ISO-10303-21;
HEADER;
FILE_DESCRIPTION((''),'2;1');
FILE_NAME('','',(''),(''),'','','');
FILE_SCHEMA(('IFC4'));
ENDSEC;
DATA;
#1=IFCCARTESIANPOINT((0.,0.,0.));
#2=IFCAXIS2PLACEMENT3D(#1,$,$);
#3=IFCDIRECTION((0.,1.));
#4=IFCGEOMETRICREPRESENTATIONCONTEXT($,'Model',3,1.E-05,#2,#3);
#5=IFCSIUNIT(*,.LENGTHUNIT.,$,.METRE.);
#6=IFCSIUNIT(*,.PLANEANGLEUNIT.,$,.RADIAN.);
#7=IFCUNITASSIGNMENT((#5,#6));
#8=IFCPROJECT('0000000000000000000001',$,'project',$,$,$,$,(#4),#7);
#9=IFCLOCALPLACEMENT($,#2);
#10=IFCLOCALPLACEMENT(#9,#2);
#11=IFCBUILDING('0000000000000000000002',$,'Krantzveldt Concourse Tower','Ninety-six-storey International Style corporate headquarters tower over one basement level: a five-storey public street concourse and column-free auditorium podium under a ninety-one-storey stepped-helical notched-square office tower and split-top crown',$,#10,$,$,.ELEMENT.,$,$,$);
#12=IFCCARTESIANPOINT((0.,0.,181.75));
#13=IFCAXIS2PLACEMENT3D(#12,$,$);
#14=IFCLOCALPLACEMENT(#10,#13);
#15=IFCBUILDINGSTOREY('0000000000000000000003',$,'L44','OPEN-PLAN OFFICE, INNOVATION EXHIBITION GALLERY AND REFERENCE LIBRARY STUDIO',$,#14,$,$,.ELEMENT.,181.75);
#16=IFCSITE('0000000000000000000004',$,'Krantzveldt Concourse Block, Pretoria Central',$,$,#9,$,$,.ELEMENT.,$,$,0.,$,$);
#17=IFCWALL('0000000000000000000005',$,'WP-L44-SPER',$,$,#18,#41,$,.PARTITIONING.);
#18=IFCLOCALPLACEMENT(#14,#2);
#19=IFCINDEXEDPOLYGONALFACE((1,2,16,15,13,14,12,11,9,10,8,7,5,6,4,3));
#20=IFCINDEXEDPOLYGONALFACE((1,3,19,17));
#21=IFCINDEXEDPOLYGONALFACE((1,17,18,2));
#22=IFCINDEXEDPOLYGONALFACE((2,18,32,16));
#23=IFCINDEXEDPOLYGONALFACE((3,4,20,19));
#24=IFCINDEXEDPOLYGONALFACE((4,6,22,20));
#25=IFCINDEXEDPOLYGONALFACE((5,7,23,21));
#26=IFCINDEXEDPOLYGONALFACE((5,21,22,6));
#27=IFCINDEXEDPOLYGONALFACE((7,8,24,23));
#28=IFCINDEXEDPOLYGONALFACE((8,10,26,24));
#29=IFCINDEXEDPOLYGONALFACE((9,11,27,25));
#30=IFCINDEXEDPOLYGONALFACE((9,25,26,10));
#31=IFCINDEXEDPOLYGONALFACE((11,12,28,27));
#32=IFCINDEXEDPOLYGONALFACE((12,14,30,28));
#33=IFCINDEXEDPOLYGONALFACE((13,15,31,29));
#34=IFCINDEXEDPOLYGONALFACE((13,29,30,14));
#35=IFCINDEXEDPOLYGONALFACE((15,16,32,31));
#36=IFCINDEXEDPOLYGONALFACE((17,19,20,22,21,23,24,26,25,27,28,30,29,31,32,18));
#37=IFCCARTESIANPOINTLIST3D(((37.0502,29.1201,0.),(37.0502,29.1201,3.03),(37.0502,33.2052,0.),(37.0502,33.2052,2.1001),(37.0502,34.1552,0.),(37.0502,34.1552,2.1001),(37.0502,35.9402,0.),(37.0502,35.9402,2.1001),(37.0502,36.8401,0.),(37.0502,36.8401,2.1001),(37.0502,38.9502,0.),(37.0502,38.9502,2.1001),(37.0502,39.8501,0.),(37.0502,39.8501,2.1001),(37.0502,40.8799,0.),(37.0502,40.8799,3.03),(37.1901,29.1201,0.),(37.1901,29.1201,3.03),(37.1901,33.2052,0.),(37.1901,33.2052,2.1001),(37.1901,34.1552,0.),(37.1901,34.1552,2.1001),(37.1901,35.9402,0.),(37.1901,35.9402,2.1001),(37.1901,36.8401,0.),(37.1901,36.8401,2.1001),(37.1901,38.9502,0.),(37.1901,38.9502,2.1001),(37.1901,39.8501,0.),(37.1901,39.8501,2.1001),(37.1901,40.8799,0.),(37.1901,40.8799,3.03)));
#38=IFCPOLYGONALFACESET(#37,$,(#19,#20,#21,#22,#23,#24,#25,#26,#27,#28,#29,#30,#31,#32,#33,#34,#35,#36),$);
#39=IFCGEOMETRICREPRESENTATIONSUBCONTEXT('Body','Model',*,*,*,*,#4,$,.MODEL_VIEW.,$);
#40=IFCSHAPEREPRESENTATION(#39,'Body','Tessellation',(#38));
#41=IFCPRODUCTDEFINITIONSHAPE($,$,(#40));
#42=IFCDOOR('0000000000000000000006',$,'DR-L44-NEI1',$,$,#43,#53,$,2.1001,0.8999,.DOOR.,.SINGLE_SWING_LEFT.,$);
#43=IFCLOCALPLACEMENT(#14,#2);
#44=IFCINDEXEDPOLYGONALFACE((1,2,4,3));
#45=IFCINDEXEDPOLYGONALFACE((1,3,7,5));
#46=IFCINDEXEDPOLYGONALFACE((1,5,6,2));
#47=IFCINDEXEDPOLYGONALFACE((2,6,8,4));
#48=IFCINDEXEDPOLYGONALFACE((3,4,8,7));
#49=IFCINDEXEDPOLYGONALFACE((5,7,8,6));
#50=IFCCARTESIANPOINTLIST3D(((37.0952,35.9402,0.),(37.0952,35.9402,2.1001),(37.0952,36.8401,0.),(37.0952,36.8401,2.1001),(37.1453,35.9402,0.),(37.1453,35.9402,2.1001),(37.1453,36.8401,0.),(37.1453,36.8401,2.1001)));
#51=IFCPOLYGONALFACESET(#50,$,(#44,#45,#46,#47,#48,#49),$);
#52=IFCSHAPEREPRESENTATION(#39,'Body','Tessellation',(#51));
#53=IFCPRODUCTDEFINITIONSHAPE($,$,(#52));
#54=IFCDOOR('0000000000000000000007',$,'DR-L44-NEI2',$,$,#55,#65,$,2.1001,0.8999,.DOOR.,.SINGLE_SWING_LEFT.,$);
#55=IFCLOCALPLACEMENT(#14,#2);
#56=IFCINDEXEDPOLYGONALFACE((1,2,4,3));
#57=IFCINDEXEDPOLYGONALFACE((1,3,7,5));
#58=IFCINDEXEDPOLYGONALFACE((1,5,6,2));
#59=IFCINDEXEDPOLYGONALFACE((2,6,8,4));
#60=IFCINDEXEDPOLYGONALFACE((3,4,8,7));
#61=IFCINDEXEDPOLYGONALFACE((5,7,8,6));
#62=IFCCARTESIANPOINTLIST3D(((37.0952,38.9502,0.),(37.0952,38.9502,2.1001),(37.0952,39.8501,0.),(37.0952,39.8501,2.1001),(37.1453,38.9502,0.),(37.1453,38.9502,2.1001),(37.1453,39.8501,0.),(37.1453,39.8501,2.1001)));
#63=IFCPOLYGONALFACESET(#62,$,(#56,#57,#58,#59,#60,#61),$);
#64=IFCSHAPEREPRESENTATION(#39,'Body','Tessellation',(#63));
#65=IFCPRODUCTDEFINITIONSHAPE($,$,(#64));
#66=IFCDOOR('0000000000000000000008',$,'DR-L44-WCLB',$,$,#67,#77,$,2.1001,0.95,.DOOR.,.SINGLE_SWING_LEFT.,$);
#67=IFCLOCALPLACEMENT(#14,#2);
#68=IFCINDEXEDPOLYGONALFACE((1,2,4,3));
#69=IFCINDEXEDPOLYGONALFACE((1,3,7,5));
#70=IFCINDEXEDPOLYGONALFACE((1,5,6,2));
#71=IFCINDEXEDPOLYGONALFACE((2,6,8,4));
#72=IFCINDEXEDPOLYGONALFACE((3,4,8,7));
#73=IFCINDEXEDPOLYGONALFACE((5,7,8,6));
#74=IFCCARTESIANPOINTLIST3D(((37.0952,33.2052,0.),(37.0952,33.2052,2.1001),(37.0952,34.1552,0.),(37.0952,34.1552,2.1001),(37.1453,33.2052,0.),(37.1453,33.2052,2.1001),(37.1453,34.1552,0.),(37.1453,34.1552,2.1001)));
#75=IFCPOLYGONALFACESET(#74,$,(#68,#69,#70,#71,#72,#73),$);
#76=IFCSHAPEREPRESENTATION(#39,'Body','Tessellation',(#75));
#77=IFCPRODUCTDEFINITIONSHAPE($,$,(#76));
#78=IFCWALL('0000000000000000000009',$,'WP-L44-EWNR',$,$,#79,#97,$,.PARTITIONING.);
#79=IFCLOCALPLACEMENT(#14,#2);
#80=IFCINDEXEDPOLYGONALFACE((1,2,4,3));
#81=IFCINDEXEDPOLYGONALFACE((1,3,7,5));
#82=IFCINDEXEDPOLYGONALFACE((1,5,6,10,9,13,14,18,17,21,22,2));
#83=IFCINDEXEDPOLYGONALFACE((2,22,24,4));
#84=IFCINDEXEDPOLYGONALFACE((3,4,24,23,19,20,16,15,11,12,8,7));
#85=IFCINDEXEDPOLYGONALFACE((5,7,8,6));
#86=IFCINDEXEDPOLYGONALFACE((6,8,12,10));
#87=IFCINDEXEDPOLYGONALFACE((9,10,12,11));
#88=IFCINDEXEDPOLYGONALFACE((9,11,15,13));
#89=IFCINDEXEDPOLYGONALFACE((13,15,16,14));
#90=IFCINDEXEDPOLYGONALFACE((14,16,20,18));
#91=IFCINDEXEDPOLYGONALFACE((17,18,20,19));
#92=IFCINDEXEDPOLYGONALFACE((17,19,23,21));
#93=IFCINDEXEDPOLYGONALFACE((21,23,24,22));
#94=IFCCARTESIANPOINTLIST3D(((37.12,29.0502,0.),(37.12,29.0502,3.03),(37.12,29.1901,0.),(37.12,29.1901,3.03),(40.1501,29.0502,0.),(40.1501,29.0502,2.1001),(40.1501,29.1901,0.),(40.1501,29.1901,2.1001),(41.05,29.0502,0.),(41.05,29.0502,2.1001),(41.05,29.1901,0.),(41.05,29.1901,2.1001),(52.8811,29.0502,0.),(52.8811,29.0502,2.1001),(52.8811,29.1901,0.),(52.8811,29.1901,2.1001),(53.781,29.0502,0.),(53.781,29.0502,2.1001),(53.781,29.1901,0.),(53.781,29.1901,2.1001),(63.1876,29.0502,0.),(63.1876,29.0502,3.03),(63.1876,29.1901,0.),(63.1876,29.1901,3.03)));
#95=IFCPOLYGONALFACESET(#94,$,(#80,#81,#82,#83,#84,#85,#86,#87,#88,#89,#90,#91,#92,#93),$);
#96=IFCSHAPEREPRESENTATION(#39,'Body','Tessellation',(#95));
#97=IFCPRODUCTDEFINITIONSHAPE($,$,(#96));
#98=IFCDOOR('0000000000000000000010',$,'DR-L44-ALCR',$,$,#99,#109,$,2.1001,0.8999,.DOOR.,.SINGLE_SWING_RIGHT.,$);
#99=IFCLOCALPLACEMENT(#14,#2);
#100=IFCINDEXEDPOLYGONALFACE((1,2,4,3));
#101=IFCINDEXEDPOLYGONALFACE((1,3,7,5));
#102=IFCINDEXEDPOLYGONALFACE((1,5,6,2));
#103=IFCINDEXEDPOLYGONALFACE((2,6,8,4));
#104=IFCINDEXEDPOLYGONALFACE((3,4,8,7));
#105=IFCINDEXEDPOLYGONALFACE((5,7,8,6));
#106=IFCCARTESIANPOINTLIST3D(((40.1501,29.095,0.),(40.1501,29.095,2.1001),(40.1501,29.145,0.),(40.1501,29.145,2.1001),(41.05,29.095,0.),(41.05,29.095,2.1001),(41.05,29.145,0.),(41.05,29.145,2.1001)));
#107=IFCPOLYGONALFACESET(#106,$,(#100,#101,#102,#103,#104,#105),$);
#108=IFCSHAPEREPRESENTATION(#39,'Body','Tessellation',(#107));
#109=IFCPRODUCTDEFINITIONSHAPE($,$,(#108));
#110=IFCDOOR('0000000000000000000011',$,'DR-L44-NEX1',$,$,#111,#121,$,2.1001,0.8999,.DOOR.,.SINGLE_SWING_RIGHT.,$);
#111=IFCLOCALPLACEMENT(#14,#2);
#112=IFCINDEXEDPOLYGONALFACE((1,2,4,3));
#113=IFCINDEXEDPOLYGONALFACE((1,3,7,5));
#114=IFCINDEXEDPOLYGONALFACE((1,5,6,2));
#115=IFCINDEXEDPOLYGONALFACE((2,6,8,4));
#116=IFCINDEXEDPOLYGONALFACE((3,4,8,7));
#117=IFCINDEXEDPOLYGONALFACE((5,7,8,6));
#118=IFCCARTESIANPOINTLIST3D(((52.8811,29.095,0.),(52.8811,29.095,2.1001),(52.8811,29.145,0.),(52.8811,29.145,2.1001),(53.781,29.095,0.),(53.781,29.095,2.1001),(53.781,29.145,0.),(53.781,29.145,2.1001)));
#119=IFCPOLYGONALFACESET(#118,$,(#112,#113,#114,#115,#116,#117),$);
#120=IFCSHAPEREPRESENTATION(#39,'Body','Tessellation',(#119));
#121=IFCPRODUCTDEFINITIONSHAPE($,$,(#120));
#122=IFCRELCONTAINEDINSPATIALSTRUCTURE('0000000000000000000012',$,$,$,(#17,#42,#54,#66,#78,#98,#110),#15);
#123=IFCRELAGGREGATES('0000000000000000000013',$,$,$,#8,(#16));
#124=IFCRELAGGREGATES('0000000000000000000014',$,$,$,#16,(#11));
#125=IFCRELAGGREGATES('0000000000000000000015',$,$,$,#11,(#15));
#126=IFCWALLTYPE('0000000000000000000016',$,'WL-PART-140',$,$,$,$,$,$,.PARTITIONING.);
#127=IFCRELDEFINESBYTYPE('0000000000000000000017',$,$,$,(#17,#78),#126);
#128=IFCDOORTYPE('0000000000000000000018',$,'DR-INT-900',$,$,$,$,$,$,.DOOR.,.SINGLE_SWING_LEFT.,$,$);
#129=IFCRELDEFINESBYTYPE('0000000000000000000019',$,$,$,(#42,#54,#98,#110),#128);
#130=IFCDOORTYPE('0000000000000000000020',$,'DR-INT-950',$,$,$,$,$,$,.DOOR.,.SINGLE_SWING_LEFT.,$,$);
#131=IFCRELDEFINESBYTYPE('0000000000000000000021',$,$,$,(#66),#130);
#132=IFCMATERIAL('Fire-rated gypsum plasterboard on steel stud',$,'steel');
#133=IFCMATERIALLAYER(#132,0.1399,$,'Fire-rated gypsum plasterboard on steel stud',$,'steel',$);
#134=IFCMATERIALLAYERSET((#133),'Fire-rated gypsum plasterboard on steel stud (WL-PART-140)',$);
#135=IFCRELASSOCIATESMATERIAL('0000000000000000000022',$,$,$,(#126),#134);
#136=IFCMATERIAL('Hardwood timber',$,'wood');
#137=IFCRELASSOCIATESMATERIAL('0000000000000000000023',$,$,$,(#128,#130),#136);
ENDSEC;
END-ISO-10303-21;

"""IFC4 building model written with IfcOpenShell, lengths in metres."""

from ifc_helpers import new_model, si_unit, direction, frame, frame_2d, origin, place, context, subcontext, project, spatial, rectangle, extrude, material, layer, layer_set, type_object, element, fill, save


model = new_model("IFC4")

# Units and contexts
model_context = context("Model", 3, precision=1e-05, world=origin(), true_north=direction((0.0, 1.0)))
body_context = subcontext(model_context, "Body", "Model", "MODEL_VIEW")
ifc_project = project(units=[si_unit("LENGTHUNIT", "METRE"), si_unit("PLANEANGLEUNIT", "RADIAN")], contexts=[model_context])

# Site, building, storey
site_placement = place(None, origin())
site = spatial("IfcSite", under=ifc_project, at=site_placement, Name="Krantzveldt Concourse Block, Pretoria Central", CompositionType="ELEMENT", RefElevation=0.0)
building_placement = place(site_placement, origin())
building = spatial("IfcBuilding", under=site, at=building_placement, Name="Krantzveldt Concourse Tower", Description="Ninety-six-storey International Style corporate headquarters tower over one basement level: a five-storey public street concourse and column-free auditorium podium under a ninety-one-storey stepped-helical notched-square office tower and split-top crown", CompositionType="ELEMENT")
storey_placement = place(building_placement, frame((0.0, 0.0, 181.75)))
storey = spatial("IfcBuildingStorey", under=building, at=storey_placement, Name="L44", Description="OPEN-PLAN OFFICE, INNOVATION EXHIBITION GALLERY AND REFERENCE LIBRARY STUDIO", CompositionType="ELEMENT", Elevation=181.75)

# Shared definitions
ifc_material_1 = material(Name="Fire-rated gypsum plasterboard on steel stud", Category="steel")

# Walls, openings, doors
ifc_layer_1 = layer(ifc_material_1, 0.1399, Name="Fire-rated gypsum plasterboard on steel stud", Category="steel")
ifc_layer_set_1 = layer_set([ifc_layer_1], Name="Fire-rated gypsum plasterboard on steel stud (WL-PART-140)")
wall_type_1 = type_object("IfcWallType", Name="WL-PART-140", PredefinedType="PARTITIONING", material=ifc_layer_set_1)
wall_1_placement = place(storey_placement, frame((37.1201, 29.1201, 0.0), z_axis=(0.0, 0.0, 1.0), x_axis=(0.0, 1.0, 0.0)))
wall_1 = element("IfcWall", 1, at=wall_1_placement, inside=storey, type_object=wall_type_1, Name="WP-L44-SPER", PredefinedType="PARTITIONING", context=body_context, shape_type="SweptSolid", body=[
    extrude(rectangle(XDim=11.7598, YDim=0.1399, at=frame_2d((5.8799, 0.0))), origin(), (0.0, 0.0, 1.0), 3.03),
])
opening_1_placement = place(wall_1_placement, frame((4.085, 0.0, 0.0)))
opening_1 = element("IfcOpeningElement", 2, at=opening_1_placement, cuts=wall_1, PredefinedType="OPENING", context=body_context, shape_type="SweptSolid", body=[
    extrude(rectangle(XDim=0.95, YDim=2.1001, at=frame_2d((0.4751, 1.05))), frame((0.0, 0.0801, 0.0), z_axis=(0.0, -1.0, 0.0), x_axis=(1.0, 0.0, 0.0)), (0.0, 0.0, 1.0), 0.1599),
])
opening_2_placement = place(wall_1_placement, frame((6.8201, 0.0, 0.0)))
opening_2 = element("IfcOpeningElement", 3, at=opening_2_placement, cuts=wall_1, PredefinedType="OPENING", context=body_context, shape_type="SweptSolid", body=[
    extrude(rectangle(XDim=0.8999, YDim=2.1001, at=frame_2d((0.45, 1.05))), frame((0.0, 0.0801, 0.0), z_axis=(0.0, -1.0, 0.0), x_axis=(1.0, 0.0, 0.0)), (0.0, 0.0, 1.0), 0.1599),
])
opening_3_placement = place(wall_1_placement, frame((9.8301, 0.0, 0.0)))
opening_3 = element("IfcOpeningElement", 4, at=opening_3_placement, cuts=wall_1, PredefinedType="OPENING", context=body_context, shape_type="SweptSolid", body=[
    extrude(rectangle(XDim=0.8999, YDim=2.1001, at=frame_2d((0.45, 1.05))), frame((0.0, 0.0801, 0.0), z_axis=(0.0, -1.0, 0.0), x_axis=(1.0, 0.0, 0.0)), (0.0, 0.0, 1.0), 0.1599),
])
ifc_material_2 = material(Name="Hardwood timber", Category="wood")
door_type_1 = type_object("IfcDoorType", Name="DR-INT-900", OperationType="SINGLE_SWING_LEFT", PredefinedType="DOOR", material=ifc_material_2)
door_1_placement = place(opening_2_placement, origin())
door_1 = element("IfcDoor", 5, at=door_1_placement, inside=storey, type_object=door_type_1, Name="DR-L44-NEI1", OperationType="SINGLE_SWING_LEFT", OverallHeight=2.1001, OverallWidth=0.8999, PredefinedType="DOOR", context=body_context, shape_type="SweptSolid", body=[
    extrude(rectangle(XDim=0.8999, YDim=2.1001, at=frame_2d((0.45, 1.05))), frame((0.0, 0.0249, 0.0), z_axis=(0.0, -1.0, 0.0), x_axis=(1.0, 0.0, 0.0)), (0.0, 0.0, 1.0), 0.05),
])
fill(opening_2, door_1)
door_2_placement = place(opening_3_placement, origin())
door_2 = element("IfcDoor", 6, at=door_2_placement, inside=storey, type_object=door_type_1, Name="DR-L44-NEI2", OperationType="SINGLE_SWING_LEFT", OverallHeight=2.1001, OverallWidth=0.8999, PredefinedType="DOOR", context=body_context, shape_type="SweptSolid", body=[
    extrude(rectangle(XDim=0.8999, YDim=2.1001, at=frame_2d((0.45, 1.05))), frame((0.0, 0.0249, 0.0), z_axis=(0.0, -1.0, 0.0), x_axis=(1.0, 0.0, 0.0)), (0.0, 0.0, 1.0), 0.05),
])
fill(opening_3, door_2)
door_type_2 = type_object("IfcDoorType", Name="DR-INT-950", OperationType="SINGLE_SWING_LEFT", PredefinedType="DOOR", material=ifc_material_2)
door_3_placement = place(opening_1_placement, origin())
door_3 = element("IfcDoor", 7, at=door_3_placement, inside=storey, type_object=door_type_2, Name="DR-L44-WCLB", OperationType="SINGLE_SWING_LEFT", OverallHeight=2.1001, OverallWidth=0.95, PredefinedType="DOOR", context=body_context, shape_type="SweptSolid", body=[
    extrude(rectangle(XDim=0.95, YDim=2.1001, at=frame_2d((0.4751, 1.05))), frame((0.0, 0.0249, 0.0), z_axis=(0.0, -1.0, 0.0), x_axis=(1.0, 0.0, 0.0)), (0.0, 0.0, 1.0), 0.05),
])
fill(opening_1, door_3)
wall_2_placement = place(storey_placement, frame((37.1201, 29.1201, 0.0), z_axis=(0.0, 0.0, 1.0), x_axis=(1.0, 0.0, 0.0)))
wall_2 = element("IfcWall", 8, at=wall_2_placement, inside=storey, type_object=wall_type_1, Name="WP-L44-EWNR", PredefinedType="PARTITIONING", context=body_context, shape_type="SweptSolid", body=[
    extrude(rectangle(XDim=26.0676, YDim=0.1399, at=frame_2d((13.0337, 0.0))), origin(), (0.0, 0.0, 1.0), 3.03),
])
opening_4_placement = place(wall_2_placement, frame((3.03, 0.0, 0.0)))
opening_4 = element("IfcOpeningElement", 9, at=opening_4_placement, cuts=wall_2, PredefinedType="OPENING", context=body_context, shape_type="SweptSolid", body=[
    extrude(rectangle(XDim=0.8999, YDim=2.1001, at=frame_2d((0.45, 1.05))), frame((0.0, 0.0801, 0.0), z_axis=(0.0, -1.0, 0.0), x_axis=(1.0, 0.0, 0.0)), (0.0, 0.0, 1.0), 0.1599),
])
opening_5_placement = place(wall_2_placement, frame((15.761, 0.0, 0.0)))
opening_5 = element("IfcOpeningElement", 10, at=opening_5_placement, cuts=wall_2, PredefinedType="OPENING", context=body_context, shape_type="SweptSolid", body=[
    extrude(rectangle(XDim=0.8999, YDim=2.1001, at=frame_2d((0.45, 1.05))), frame((0.0, 0.0801, 0.0), z_axis=(0.0, -1.0, 0.0), x_axis=(1.0, 0.0, 0.0)), (0.0, 0.0, 1.0), 0.1599),
])
door_4_placement = place(opening_4_placement, origin())
door_4 = element("IfcDoor", 11, at=door_4_placement, inside=storey, type_object=door_type_1, Name="DR-L44-ALCR", OperationType="SINGLE_SWING_RIGHT", OverallHeight=2.1001, OverallWidth=0.8999, PredefinedType="DOOR", context=body_context, shape_type="SweptSolid", body=[
    extrude(rectangle(XDim=0.8999, YDim=2.1001, at=frame_2d((0.45, 1.05))), frame((0.0, 0.0249, 0.0), z_axis=(0.0, -1.0, 0.0), x_axis=(1.0, 0.0, 0.0)), (0.0, 0.0, 1.0), 0.05),
])
fill(opening_4, door_4)
door_5_placement = place(opening_5_placement, origin())
door_5 = element("IfcDoor", 12, at=door_5_placement, inside=storey, type_object=door_type_1, Name="DR-L44-NEX1", OperationType="SINGLE_SWING_RIGHT", OverallHeight=2.1001, OverallWidth=0.8999, PredefinedType="DOOR", context=body_context, shape_type="SweptSolid", body=[
    extrude(rectangle(XDim=0.8999, YDim=2.1001, at=frame_2d((0.45, 1.05))), frame((0.0, 0.0249, 0.0), z_axis=(0.0, -1.0, 0.0), x_axis=(1.0, 0.0, 0.0)), (0.0, 0.0, 1.0), 0.05),
])
fill(opening_5, door_5)

save(model, "model.ifc")
